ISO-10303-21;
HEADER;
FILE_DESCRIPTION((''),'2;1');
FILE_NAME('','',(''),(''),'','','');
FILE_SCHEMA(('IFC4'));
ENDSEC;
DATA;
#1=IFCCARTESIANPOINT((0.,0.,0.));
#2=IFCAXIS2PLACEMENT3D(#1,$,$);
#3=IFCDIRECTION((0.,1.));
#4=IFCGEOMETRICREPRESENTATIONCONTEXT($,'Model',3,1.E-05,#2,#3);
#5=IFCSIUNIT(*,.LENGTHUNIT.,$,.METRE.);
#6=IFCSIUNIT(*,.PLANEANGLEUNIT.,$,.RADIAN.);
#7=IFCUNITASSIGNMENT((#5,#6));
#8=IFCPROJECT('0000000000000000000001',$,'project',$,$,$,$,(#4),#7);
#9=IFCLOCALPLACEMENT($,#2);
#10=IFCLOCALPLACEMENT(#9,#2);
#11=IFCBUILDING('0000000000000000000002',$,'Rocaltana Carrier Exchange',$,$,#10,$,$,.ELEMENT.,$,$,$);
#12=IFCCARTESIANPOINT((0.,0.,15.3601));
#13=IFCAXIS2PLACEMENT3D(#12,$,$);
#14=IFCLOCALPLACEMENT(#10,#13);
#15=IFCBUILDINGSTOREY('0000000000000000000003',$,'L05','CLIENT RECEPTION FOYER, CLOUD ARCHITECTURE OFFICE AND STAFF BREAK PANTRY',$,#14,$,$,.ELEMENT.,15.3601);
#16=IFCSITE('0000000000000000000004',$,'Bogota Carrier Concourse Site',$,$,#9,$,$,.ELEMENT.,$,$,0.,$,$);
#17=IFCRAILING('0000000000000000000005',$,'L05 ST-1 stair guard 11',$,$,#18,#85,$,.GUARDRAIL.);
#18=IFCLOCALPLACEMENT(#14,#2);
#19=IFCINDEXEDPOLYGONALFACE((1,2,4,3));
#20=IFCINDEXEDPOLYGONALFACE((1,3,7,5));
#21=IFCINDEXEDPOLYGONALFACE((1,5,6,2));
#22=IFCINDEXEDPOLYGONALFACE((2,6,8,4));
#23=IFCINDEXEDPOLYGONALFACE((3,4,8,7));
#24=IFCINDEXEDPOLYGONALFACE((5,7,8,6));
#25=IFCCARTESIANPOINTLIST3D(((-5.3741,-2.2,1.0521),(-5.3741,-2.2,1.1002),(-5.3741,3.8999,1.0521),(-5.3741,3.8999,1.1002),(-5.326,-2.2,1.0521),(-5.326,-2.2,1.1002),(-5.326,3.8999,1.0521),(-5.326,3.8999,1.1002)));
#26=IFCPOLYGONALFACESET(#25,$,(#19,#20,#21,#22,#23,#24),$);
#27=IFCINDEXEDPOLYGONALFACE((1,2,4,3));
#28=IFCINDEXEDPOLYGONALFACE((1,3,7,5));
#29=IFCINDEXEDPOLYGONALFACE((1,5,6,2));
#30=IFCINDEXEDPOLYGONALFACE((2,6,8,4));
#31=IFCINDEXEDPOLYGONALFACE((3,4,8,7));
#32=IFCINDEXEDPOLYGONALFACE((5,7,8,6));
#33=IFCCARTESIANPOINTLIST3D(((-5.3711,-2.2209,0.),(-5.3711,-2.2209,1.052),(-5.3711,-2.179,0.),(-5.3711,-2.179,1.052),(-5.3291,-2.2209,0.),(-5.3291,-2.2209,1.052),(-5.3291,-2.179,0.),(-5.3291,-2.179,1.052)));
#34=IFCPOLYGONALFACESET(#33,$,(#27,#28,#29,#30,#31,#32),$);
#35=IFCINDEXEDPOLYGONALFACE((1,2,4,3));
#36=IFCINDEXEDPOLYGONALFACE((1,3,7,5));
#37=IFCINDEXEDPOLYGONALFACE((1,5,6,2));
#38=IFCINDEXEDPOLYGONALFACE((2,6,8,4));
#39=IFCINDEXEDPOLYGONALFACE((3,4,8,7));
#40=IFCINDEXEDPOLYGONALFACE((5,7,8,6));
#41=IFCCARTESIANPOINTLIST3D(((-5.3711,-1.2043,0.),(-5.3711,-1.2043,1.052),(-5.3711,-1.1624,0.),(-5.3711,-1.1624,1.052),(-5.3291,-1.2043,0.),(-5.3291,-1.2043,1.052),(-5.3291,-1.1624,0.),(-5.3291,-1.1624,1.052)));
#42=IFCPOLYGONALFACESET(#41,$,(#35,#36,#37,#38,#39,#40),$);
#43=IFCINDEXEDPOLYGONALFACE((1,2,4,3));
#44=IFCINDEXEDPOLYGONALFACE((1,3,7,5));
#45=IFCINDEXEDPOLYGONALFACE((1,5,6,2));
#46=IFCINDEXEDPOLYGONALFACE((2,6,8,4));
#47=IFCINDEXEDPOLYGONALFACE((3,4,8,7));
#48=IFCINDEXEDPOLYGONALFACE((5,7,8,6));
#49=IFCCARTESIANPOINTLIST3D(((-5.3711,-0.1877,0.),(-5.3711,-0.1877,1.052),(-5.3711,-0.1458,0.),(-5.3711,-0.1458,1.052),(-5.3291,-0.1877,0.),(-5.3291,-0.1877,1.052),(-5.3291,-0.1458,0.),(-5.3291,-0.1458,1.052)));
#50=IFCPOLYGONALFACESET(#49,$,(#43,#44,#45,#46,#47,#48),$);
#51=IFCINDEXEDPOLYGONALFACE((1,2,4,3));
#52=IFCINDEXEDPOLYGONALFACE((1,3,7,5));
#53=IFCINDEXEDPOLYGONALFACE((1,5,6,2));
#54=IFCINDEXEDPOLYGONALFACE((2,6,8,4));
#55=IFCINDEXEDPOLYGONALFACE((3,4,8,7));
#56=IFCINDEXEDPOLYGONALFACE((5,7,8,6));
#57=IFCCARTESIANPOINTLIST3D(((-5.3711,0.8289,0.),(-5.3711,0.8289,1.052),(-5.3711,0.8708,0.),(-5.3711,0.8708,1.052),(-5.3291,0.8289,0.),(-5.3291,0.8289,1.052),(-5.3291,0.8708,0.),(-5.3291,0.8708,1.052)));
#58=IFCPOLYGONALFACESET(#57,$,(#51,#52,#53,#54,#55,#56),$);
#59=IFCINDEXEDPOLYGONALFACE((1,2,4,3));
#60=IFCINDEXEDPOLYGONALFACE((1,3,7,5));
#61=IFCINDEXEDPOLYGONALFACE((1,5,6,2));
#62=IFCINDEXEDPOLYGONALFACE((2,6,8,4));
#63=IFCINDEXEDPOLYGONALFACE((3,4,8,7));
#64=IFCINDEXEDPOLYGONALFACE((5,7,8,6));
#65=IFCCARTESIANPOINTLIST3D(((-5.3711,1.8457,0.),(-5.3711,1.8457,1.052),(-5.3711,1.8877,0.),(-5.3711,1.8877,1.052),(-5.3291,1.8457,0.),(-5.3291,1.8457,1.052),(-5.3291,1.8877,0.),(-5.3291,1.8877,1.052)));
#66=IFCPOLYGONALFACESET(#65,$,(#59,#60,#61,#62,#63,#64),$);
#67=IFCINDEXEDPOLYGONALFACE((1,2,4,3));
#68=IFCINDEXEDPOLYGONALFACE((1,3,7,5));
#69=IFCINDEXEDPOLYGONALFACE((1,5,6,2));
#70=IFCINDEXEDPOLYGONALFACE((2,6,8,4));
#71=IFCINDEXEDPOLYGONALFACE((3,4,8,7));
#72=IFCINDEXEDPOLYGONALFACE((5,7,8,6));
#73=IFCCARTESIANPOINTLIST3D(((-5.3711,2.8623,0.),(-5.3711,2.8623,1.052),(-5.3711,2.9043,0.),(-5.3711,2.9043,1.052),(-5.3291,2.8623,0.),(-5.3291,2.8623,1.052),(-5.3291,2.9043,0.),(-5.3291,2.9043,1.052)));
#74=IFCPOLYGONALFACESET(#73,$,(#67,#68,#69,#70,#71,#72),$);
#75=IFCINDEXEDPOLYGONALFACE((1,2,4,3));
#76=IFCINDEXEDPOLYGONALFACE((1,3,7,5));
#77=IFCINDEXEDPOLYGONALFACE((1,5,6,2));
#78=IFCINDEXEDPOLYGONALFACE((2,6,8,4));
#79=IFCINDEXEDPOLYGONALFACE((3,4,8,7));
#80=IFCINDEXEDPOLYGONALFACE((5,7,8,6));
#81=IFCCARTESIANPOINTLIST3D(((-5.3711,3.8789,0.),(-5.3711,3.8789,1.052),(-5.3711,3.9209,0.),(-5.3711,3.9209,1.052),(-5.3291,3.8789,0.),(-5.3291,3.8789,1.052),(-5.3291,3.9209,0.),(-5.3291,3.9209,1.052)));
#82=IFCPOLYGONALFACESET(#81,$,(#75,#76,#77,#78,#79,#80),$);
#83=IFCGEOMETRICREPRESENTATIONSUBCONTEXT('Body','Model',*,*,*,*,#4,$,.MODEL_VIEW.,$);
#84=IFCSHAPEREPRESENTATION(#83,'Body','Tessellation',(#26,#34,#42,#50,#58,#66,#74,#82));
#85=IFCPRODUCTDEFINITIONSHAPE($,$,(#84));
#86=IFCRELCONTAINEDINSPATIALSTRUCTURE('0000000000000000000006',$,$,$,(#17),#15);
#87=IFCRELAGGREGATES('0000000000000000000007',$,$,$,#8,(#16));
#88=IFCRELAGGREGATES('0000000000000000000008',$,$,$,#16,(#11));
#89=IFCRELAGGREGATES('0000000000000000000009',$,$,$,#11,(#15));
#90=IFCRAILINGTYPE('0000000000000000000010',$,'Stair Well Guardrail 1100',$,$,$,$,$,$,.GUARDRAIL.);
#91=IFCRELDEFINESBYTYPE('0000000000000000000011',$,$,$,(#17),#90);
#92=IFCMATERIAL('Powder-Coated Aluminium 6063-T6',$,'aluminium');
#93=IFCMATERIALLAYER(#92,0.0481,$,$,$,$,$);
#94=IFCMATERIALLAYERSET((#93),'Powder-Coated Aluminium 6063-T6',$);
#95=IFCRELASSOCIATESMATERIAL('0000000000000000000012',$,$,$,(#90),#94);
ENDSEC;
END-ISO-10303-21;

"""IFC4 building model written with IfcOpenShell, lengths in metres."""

from ifc_helpers import new_model, si_unit, direction, frame, origin, origin_2d, place, context, subcontext, project, spatial, rectangle, extrude, material, layer, layer_set, type_object, element, save


model = new_model("IFC4")

# Units and contexts
model_context = context("Model", 3, precision=1e-05, world=origin(), true_north=direction((0.0, 1.0)))
body_context = subcontext(model_context, "Body", "Model", "MODEL_VIEW")
ifc_project = project(units=[si_unit("LENGTHUNIT", "METRE"), si_unit("PLANEANGLEUNIT", "RADIAN")], contexts=[model_context])

# Site, building, storey
site_placement = place(None, origin())
site = spatial("IfcSite", under=ifc_project, at=site_placement, Name="Bogota Carrier Concourse Site", CompositionType="ELEMENT", RefElevation=0.0)
building_placement = place(site_placement, origin())
building = spatial("IfcBuilding", under=site, at=building_placement, Name="Rocaltana Carrier Exchange", CompositionType="ELEMENT")
storey_placement = place(building_placement, frame((0.0, 0.0, 15.3601)))
storey = spatial("IfcBuildingStorey", under=building, at=storey_placement, Name="L05", Description="CLIENT RECEPTION FOYER, CLOUD ARCHITECTURE OFFICE AND STAFF BREAK PANTRY", CompositionType="ELEMENT", Elevation=15.3601)

# Railing
ifc_material_1 = material(Name="Powder-Coated Aluminium 6063-T6", Category="aluminium")
ifc_layer_1 = layer(ifc_material_1, 0.0481)
ifc_layer_set_1 = layer_set([ifc_layer_1], Name="Powder-Coated Aluminium 6063-T6")
railing_type = type_object("IfcRailingType", Name="Stair Well Guardrail 1100", PredefinedType="GUARDRAIL", material=ifc_layer_set_1)
for number, where, name in (
    (1, (-5.3501, -2.2, 0.0), "L05 ST-1 stair guard 11"),
):
    element("IfcRailing", number, at=place(storey_placement, frame(where)), inside=storey, type_object=railing_type, Name=name, PredefinedType="GUARDRAIL", context=body_context, shape_type="SweptSolid", body=[
        extrude(rectangle(XDim=0.0481, YDim=0.0481, at=origin_2d()), frame((0.0, 0.0, 1.0762), z_axis=(0.0, 1.0, 0.0), x_axis=(-1.0, 0.0, 0.0)), (0.0, 0.0, 1.0), 6.0999),
        extrude(rectangle(XDim=0.042, YDim=0.042, at=origin_2d()), origin(), (0.0, 0.0, 1.0), 1.052),
        extrude(rectangle(XDim=0.042, YDim=0.042, at=origin_2d()), frame((0.0, 1.0166, 0.0)), (0.0, 0.0, 1.0), 1.052),
        extrude(rectangle(XDim=0.042, YDim=0.042, at=origin_2d()), frame((0.0, 2.0332, 0.0)), (0.0, 0.0, 1.0), 1.052),
        extrude(rectangle(XDim=0.042, YDim=0.042, at=origin_2d()), frame((0.0, 3.0498, 0.0)), (0.0, 0.0, 1.0), 1.052),
        extrude(rectangle(XDim=0.042, YDim=0.042, at=origin_2d()), frame((0.0, 4.0667, 0.0)), (0.0, 0.0, 1.0), 1.052),
        extrude(rectangle(XDim=0.042, YDim=0.042, at=origin_2d()), frame((0.0, 5.0833, 0.0)), (0.0, 0.0, 1.0), 1.052),
        extrude(rectangle(XDim=0.042, YDim=0.042, at=origin_2d()), frame((0.0, 6.0999, 0.0)), (0.0, 0.0, 1.0), 1.052),
    ])

save(model, "model.ifc")
